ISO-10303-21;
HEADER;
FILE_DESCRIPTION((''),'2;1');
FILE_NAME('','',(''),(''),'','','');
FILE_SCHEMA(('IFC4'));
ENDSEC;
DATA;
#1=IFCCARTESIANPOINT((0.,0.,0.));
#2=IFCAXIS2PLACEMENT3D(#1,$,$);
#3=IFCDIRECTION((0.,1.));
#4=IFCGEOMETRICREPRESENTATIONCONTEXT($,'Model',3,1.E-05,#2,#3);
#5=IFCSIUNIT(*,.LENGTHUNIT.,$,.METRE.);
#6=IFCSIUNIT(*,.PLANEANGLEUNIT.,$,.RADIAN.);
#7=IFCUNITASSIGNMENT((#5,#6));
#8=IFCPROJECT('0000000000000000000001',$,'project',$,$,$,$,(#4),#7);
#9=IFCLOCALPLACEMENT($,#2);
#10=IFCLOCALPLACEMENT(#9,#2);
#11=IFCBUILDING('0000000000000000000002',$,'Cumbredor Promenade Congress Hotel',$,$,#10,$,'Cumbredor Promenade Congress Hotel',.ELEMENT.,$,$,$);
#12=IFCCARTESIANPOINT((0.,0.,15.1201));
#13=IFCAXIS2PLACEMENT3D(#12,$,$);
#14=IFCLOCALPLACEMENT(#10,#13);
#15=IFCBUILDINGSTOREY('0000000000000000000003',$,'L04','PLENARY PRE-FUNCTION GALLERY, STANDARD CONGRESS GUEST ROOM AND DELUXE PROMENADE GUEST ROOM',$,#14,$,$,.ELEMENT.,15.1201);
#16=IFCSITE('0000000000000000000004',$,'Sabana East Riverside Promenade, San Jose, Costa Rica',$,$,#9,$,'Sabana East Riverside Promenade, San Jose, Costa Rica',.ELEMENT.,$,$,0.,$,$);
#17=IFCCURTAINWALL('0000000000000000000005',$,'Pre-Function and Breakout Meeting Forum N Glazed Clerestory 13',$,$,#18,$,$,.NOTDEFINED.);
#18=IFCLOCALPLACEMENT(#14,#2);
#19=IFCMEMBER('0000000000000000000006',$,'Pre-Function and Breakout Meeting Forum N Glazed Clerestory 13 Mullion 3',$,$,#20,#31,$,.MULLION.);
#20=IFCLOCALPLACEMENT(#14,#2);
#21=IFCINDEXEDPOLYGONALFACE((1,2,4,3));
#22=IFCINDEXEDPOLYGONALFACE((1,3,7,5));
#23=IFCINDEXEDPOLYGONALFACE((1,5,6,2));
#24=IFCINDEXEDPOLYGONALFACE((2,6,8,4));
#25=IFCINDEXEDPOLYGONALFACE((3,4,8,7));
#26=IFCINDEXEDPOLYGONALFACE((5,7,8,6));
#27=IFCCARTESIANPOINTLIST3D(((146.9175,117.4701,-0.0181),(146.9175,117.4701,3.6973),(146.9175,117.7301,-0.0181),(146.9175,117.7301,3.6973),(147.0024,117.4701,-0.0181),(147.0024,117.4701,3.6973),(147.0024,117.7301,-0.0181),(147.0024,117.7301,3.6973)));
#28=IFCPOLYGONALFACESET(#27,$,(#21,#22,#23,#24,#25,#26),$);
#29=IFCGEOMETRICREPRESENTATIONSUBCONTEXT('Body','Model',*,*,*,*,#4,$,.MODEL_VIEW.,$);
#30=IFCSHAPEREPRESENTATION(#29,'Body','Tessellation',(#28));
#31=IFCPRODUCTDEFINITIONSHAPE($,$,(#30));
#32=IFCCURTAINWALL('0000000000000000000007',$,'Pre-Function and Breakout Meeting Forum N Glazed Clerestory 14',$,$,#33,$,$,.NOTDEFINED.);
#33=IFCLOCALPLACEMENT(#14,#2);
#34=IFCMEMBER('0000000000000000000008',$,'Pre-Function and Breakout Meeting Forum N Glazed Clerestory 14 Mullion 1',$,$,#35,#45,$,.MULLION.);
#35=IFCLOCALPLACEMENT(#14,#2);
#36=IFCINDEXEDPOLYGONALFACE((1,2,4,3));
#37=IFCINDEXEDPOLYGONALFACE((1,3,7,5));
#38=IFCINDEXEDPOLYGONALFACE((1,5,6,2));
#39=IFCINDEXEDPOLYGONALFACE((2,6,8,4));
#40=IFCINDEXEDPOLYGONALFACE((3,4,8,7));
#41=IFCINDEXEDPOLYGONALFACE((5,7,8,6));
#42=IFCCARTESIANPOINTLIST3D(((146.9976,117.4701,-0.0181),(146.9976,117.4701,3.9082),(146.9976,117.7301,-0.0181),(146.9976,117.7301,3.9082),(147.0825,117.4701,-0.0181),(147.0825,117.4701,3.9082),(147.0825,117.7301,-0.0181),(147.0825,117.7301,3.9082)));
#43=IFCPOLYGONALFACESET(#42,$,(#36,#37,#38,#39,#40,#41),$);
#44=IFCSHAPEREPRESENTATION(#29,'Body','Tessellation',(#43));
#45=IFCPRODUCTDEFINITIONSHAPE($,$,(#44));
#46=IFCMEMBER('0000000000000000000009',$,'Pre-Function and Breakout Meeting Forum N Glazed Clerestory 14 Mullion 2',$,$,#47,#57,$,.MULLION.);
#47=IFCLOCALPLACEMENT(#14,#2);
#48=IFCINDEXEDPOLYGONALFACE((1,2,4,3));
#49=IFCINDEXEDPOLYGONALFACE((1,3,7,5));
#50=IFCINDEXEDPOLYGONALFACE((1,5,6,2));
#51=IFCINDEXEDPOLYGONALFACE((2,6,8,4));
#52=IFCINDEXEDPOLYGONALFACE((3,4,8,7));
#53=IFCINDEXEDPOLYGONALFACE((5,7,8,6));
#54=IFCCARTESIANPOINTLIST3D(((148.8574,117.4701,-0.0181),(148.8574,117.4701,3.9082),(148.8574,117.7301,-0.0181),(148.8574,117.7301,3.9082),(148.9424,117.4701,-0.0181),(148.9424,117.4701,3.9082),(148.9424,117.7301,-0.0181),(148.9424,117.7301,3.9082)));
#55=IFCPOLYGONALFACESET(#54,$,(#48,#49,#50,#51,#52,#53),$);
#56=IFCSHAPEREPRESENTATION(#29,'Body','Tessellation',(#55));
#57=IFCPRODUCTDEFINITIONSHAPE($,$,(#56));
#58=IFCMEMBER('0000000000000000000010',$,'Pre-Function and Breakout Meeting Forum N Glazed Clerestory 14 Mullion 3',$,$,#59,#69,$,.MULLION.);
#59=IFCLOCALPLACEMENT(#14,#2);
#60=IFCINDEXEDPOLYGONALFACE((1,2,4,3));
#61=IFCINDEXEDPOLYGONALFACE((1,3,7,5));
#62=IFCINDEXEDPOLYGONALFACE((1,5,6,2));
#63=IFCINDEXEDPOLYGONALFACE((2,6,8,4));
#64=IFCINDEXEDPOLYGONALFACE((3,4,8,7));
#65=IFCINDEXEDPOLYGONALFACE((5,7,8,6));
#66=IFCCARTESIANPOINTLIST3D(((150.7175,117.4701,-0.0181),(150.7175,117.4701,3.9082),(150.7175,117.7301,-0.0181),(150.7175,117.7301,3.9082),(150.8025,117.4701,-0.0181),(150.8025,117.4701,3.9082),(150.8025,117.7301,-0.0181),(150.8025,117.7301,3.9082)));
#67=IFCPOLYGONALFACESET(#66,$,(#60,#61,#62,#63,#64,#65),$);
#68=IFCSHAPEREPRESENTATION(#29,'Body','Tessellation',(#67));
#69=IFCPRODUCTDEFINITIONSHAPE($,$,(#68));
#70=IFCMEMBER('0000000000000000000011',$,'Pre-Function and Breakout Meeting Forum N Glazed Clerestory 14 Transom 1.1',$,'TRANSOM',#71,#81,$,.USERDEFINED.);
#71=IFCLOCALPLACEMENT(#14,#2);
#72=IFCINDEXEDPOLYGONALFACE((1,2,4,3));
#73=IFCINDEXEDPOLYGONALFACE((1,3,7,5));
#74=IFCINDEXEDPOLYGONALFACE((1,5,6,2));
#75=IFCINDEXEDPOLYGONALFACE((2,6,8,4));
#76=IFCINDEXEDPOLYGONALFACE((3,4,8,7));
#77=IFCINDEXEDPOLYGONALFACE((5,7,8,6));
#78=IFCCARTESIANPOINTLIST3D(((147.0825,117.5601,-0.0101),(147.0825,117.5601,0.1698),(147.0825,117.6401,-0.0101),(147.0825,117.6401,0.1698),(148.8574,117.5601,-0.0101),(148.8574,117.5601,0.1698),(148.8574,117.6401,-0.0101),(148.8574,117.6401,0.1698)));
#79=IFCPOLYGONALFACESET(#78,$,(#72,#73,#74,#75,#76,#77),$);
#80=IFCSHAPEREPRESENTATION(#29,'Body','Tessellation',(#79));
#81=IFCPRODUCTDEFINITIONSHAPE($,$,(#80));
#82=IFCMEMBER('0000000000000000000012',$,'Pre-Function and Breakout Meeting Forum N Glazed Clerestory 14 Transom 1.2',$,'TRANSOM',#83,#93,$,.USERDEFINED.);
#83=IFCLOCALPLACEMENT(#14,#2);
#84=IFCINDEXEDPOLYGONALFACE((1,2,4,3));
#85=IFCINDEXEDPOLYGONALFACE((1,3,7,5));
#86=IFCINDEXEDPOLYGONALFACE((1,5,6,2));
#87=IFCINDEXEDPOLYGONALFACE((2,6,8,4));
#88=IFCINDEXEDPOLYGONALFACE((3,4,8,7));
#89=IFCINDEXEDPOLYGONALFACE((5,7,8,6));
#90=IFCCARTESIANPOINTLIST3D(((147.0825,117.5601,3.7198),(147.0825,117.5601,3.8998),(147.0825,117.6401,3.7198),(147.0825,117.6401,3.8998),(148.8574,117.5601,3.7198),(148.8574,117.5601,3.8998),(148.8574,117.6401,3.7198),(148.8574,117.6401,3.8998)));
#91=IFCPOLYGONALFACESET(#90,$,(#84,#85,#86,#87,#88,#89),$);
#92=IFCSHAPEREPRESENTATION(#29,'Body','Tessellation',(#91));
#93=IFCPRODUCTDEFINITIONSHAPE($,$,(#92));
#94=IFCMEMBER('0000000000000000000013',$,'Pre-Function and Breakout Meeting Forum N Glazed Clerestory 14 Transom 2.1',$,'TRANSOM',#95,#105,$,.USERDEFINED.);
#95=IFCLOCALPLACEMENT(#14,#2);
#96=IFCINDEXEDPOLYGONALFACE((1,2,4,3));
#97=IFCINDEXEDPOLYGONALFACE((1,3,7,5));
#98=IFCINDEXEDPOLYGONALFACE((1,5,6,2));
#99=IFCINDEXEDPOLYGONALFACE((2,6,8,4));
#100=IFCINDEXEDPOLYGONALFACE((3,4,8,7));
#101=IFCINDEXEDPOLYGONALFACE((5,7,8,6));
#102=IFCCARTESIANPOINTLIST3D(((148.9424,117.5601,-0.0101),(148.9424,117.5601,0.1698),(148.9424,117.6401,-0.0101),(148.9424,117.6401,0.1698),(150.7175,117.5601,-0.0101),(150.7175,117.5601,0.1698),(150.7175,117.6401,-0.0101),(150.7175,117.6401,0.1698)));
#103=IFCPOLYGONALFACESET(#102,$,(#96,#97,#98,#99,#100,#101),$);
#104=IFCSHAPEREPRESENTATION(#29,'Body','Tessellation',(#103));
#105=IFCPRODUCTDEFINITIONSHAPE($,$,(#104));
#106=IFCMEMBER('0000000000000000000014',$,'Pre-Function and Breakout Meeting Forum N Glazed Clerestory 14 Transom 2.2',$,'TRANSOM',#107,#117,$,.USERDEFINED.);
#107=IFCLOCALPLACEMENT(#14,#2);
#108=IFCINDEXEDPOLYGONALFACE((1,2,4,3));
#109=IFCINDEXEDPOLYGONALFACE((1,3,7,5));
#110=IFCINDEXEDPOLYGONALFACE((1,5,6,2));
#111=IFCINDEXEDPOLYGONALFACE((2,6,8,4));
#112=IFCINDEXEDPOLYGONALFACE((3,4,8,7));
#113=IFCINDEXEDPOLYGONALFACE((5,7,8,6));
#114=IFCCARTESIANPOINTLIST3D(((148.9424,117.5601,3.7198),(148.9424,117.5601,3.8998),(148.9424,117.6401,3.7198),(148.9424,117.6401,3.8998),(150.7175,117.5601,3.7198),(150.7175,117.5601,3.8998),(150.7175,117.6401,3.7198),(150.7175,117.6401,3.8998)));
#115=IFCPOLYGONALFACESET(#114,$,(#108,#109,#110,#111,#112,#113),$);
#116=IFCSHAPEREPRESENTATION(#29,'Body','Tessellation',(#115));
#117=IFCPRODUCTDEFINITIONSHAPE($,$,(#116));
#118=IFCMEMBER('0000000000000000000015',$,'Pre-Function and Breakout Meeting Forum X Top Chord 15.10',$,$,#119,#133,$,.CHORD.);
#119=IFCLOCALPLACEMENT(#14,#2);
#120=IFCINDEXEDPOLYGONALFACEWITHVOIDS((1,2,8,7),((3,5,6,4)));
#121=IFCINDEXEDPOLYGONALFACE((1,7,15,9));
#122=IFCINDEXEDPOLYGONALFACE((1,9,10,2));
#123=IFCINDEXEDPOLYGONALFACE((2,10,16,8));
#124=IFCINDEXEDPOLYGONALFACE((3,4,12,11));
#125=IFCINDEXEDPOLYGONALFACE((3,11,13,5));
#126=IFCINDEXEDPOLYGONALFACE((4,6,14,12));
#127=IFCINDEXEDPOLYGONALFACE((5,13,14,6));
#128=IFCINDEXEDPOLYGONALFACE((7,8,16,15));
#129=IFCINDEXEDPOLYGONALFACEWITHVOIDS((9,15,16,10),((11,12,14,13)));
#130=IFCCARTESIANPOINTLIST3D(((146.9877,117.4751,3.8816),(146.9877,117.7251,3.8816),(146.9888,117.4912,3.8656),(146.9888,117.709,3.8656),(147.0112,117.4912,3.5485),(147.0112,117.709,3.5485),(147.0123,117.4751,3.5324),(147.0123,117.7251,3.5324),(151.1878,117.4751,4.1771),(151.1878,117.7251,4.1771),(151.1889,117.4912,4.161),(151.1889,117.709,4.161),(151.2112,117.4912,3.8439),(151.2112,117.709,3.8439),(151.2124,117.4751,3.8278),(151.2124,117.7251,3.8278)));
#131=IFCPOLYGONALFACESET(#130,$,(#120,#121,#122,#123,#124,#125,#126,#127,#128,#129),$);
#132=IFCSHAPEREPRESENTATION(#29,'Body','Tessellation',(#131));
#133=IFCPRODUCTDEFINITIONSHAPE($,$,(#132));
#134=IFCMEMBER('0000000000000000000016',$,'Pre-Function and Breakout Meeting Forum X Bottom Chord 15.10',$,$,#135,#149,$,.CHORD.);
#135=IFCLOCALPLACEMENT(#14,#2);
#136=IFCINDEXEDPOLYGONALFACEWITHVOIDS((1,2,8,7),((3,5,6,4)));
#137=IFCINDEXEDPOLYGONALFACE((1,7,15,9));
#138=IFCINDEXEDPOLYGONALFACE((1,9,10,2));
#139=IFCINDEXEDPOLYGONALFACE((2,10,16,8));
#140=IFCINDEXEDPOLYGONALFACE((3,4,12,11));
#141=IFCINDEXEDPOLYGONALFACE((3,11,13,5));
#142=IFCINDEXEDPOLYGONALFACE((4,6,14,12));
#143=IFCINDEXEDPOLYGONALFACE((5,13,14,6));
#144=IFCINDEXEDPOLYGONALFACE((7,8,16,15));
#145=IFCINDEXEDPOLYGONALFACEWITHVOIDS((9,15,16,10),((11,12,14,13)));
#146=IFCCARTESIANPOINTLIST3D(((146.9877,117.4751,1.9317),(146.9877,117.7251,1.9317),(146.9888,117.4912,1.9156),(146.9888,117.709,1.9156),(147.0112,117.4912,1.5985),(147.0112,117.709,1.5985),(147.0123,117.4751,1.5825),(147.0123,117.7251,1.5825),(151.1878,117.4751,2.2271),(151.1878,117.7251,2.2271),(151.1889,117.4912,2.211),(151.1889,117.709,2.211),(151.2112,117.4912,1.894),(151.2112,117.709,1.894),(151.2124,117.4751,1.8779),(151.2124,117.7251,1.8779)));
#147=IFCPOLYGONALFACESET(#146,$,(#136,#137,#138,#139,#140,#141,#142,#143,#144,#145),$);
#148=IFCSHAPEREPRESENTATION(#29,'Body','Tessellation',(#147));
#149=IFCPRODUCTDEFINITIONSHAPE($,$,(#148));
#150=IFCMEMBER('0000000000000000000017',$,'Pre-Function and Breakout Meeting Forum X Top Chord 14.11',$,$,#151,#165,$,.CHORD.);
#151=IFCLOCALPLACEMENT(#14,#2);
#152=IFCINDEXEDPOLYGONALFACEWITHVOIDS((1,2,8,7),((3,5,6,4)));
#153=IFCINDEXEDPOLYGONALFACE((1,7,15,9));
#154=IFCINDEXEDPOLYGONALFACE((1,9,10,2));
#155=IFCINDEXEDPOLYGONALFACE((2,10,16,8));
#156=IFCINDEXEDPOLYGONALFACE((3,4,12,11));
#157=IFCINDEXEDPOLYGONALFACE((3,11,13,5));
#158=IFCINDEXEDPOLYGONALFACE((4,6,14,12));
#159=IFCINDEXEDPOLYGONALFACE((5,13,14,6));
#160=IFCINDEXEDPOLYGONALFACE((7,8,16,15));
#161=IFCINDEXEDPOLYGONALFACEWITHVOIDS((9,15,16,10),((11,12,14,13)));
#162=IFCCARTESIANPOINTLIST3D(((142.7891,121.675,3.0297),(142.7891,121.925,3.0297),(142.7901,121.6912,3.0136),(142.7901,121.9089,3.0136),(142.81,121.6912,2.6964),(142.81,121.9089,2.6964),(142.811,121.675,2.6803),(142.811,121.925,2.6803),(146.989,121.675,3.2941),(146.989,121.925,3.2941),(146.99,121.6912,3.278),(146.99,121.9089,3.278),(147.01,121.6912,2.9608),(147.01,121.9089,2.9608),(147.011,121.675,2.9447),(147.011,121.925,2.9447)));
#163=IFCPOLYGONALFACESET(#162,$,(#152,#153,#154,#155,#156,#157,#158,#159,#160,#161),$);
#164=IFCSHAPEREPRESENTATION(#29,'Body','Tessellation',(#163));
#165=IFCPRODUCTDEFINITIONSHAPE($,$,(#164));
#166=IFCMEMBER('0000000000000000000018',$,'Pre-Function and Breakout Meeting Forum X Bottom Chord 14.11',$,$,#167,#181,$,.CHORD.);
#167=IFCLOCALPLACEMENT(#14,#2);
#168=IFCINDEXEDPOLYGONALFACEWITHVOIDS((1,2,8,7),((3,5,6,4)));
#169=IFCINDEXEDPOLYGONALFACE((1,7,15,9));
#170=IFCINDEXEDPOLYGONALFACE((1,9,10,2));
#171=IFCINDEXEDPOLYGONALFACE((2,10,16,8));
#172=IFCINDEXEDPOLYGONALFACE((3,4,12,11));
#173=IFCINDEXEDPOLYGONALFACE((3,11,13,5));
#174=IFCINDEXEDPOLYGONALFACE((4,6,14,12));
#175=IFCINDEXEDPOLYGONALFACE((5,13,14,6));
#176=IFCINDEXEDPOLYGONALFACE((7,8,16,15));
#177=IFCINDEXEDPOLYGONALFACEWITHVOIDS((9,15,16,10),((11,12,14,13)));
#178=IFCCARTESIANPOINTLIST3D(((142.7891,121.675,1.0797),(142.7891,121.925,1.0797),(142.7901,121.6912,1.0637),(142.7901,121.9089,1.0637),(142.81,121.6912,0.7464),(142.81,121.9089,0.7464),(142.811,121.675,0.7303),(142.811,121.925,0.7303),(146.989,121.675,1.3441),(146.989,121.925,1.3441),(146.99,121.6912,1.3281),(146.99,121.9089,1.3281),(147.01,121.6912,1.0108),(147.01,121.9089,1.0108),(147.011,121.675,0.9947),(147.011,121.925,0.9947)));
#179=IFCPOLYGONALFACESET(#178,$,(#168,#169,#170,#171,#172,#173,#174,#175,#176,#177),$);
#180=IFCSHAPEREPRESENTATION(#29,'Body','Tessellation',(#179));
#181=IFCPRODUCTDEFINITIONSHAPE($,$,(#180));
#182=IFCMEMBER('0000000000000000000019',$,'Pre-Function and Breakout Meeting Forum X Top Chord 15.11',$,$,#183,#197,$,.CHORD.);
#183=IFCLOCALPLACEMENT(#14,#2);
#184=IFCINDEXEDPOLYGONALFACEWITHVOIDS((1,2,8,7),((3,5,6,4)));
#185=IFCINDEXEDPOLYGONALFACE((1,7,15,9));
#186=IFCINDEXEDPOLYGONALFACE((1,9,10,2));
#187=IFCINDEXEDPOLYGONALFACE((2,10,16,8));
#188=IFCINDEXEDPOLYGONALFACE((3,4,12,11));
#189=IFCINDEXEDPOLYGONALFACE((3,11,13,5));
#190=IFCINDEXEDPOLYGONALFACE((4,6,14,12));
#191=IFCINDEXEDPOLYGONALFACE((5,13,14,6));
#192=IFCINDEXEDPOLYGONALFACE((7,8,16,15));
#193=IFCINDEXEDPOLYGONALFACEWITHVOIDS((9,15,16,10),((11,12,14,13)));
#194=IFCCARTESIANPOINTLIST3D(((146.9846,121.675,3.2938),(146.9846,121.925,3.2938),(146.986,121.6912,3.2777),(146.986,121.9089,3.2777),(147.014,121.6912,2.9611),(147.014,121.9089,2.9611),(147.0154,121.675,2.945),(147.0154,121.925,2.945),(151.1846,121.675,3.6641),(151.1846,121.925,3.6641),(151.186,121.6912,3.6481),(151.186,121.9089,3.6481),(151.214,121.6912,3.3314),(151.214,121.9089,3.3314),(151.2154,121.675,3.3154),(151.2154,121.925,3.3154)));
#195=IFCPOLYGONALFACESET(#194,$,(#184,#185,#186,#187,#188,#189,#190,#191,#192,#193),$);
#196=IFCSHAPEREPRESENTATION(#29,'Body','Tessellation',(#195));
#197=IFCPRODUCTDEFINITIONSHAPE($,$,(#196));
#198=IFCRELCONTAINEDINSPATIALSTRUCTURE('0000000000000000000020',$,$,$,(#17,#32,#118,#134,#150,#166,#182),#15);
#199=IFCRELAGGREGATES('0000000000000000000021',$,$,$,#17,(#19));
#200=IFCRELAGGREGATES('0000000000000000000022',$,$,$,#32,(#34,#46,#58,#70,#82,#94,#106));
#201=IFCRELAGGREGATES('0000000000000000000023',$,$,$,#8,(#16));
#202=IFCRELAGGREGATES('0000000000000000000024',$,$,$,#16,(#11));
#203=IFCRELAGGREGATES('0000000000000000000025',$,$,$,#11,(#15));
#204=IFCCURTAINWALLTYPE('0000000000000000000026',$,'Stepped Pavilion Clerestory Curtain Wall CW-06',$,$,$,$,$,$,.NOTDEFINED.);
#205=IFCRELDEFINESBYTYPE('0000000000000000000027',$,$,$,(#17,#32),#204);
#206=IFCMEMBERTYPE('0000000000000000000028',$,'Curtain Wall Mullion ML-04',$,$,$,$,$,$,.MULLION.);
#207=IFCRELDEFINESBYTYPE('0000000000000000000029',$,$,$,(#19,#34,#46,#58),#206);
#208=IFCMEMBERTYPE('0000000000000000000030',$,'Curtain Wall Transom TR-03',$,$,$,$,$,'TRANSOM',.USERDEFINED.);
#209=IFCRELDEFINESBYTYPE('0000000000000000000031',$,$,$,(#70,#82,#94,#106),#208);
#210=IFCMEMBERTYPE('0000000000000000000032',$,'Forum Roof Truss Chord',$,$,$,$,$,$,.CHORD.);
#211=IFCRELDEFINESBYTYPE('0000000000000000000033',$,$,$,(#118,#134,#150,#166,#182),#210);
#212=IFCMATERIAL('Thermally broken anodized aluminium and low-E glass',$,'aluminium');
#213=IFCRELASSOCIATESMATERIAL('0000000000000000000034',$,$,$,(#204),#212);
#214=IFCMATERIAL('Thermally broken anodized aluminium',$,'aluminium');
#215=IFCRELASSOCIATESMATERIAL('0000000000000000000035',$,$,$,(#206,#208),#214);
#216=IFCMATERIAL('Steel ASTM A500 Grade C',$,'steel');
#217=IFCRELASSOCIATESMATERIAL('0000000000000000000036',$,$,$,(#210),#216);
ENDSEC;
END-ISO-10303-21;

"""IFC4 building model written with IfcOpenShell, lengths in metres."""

from ifc_helpers import new_model, si_unit, direction, frame, origin, origin_2d, place, context, subcontext, project, spatial, rectangle, hollow_rectangle, extrude, material, material_profile, profile_set, type_object, element, aggregate, save


model = new_model("IFC4")

# Units and contexts
model_context = context("Model", 3, precision=1e-05, world=origin(), true_north=direction((0.0, 1.0)))
body_context = subcontext(model_context, "Body", "Model", "MODEL_VIEW")
ifc_project = project(units=[si_unit("LENGTHUNIT", "METRE"), si_unit("PLANEANGLEUNIT", "RADIAN")], contexts=[model_context])

# Site, building, storey
site_placement = place(None, origin())
site = spatial("IfcSite", under=ifc_project, at=site_placement, Name="Sabana East Riverside Promenade, San Jose, Costa Rica", LongName="Sabana East Riverside Promenade, San Jose, Costa Rica", CompositionType="ELEMENT", RefElevation=0.0)
building_placement = place(site_placement, origin())
building = spatial("IfcBuilding", under=site, at=building_placement, Name="Cumbredor Promenade Congress Hotel", LongName="Cumbredor Promenade Congress Hotel", CompositionType="ELEMENT")
storey_placement = place(building_placement, frame((0.0, 0.0, 15.1201)))
storey = spatial("IfcBuildingStorey", under=building, at=storey_placement, Name="L04", Description="PLENARY PRE-FUNCTION GALLERY, STANDARD CONGRESS GUEST ROOM AND DELUXE PROMENADE GUEST ROOM", CompositionType="ELEMENT", Elevation=15.1201)

# Curtain wall, member
ifc_material_1 = material(Name="Thermally broken anodized aluminium and low-E glass", Category="aluminium")
curtain_wall_type = type_object("IfcCurtainWallType", Name="Stepped Pavilion Clerestory Curtain Wall CW-06", PredefinedType="NOTDEFINED", material=ifc_material_1)
curtain_wall_1_placement = place(storey_placement, origin())
curtain_wall_1 = element("IfcCurtainWall", 1, at=curtain_wall_1_placement, inside=storey, type_object=curtain_wall_type, Name="Pre-Function and Breakout Meeting Forum N Glazed Clerestory 13", PredefinedType="NOTDEFINED")
ifc_material_2 = material(Name="Thermally broken anodized aluminium", Category="aluminium")
ifc_material_profile_1 = material_profile(ifc_material_2, rectangle(XDim=0.085, YDim=0.26, at=origin_2d()), Name="ALU MULLION CLERESTORY 85x260")
ifc_profile_set_1 = profile_set([ifc_material_profile_1], Name="Thermally broken anodized aluminium")
member_type_1 = type_object("IfcMemberType", Name="Curtain Wall Mullion ML-04", PredefinedType="MULLION", material=ifc_profile_set_1)
member_1_placement = place(storey_placement, frame((146.96, 117.6001, -0.0181), z_axis=(0.0, 0.0, 1.0), x_axis=(1.0, 0.0, 0.0)))
member_1 = element("IfcMember", 2, at=member_1_placement, type_object=member_type_1, Name="Pre-Function and Breakout Meeting Forum N Glazed Clerestory 13 Mullion 3", PredefinedType="MULLION", context=body_context, shape_type="SweptSolid", body=[
    extrude(rectangle(XDim=0.085, YDim=0.26, at=origin_2d()), origin(), (0.0, 0.0, 1.0), 3.7153),
])

# Curtain wall, members
curtain_wall_2_placement = place(storey_placement, origin())
curtain_wall_2 = element("IfcCurtainWall", 3, at=curtain_wall_2_placement, inside=storey, type_object=curtain_wall_type, Name="Pre-Function and Breakout Meeting Forum N Glazed Clerestory 14", PredefinedType="NOTDEFINED")
member_2_placement = place(storey_placement, frame((147.04, 117.6001, -0.0181), z_axis=(0.0, 0.0, 1.0), x_axis=(1.0, 0.0, 0.0)))
member_2 = element("IfcMember", 4, at=member_2_placement, type_object=member_type_1, Name="Pre-Function and Breakout Meeting Forum N Glazed Clerestory 14 Mullion 1", PredefinedType="MULLION", context=body_context, shape_type="SweptSolid", body=[
    extrude(rectangle(XDim=0.085, YDim=0.26, at=origin_2d()), origin(), (0.0, 0.0, 1.0), 3.9263),
])
member_3_placement = place(storey_placement, frame((148.8999, 117.6001, -0.0181), z_axis=(0.0, 0.0, 1.0), x_axis=(1.0, 0.0, 0.0)))
member_3 = element("IfcMember", 5, at=member_3_placement, type_object=member_type_1, Name="Pre-Function and Breakout Meeting Forum N Glazed Clerestory 14 Mullion 2", PredefinedType="MULLION", context=body_context, shape_type="SweptSolid", body=[
    extrude(rectangle(XDim=0.085, YDim=0.26, at=origin_2d()), origin(), (0.0, 0.0, 1.0), 3.9263),
])
member_4_placement = place(storey_placement, frame((150.76, 117.6001, -0.0181), z_axis=(0.0, 0.0, 1.0), x_axis=(1.0, 0.0, 0.0)))
member_4 = element("IfcMember", 6, at=member_4_placement, type_object=member_type_1, Name="Pre-Function and Breakout Meeting Forum N Glazed Clerestory 14 Mullion 3", PredefinedType="MULLION", context=body_context, shape_type="SweptSolid", body=[
    extrude(rectangle(XDim=0.085, YDim=0.26, at=origin_2d()), origin(), (0.0, 0.0, 1.0), 3.9263),
])
ifc_material_profile_2 = material_profile(ifc_material_2, rectangle(XDim=0.0801, YDim=0.1799, at=origin_2d()), Name="ALU TRANSOM 80x180")
ifc_profile_set_2 = profile_set([ifc_material_profile_2], Name="Thermally broken anodized aluminium")
member_type_2 = type_object("IfcMemberType", Name="Curtain Wall Transom TR-03", ElementType="TRANSOM", PredefinedType="USERDEFINED", material=ifc_profile_set_2)
member_5_placement = place(storey_placement, frame((147.0825, 117.6001, 0.0798), z_axis=(1.0, 0.0, 0.0), x_axis=(0.0, 1.0, 0.0)))
member_5 = element("IfcMember", 7, at=member_5_placement, type_object=member_type_2, Name="Pre-Function and Breakout Meeting Forum N Glazed Clerestory 14 Transom 1.1", ObjectType="TRANSOM", PredefinedType="USERDEFINED", context=body_context, shape_type="SweptSolid", body=[
    extrude(rectangle(XDim=0.0801, YDim=0.1799, at=origin_2d()), origin(), (0.0, 0.0, 1.0), 1.7749),
])
member_6_placement = place(storey_placement, frame((147.0825, 117.6001, 3.8098), z_axis=(1.0, 0.0, 0.0), x_axis=(0.0, 1.0, 0.0)))
member_6 = element("IfcMember", 8, at=member_6_placement, type_object=member_type_2, Name="Pre-Function and Breakout Meeting Forum N Glazed Clerestory 14 Transom 1.2", ObjectType="TRANSOM", PredefinedType="USERDEFINED", context=body_context, shape_type="SweptSolid", body=[
    extrude(rectangle(XDim=0.0801, YDim=0.1799, at=origin_2d()), origin(), (0.0, 0.0, 1.0), 1.7749),
])
member_7_placement = place(storey_placement, frame((148.9424, 117.6001, 0.0798), z_axis=(1.0, 0.0, 0.0), x_axis=(0.0, 1.0, 0.0)))
member_7 = element("IfcMember", 9, at=member_7_placement, type_object=member_type_2, Name="Pre-Function and Breakout Meeting Forum N Glazed Clerestory 14 Transom 2.1", ObjectType="TRANSOM", PredefinedType="USERDEFINED", context=body_context, shape_type="SweptSolid", body=[
    extrude(rectangle(XDim=0.0801, YDim=0.1799, at=origin_2d()), origin(), (0.0, 0.0, 1.0), 1.7751),
])
member_8_placement = place(storey_placement, frame((148.9424, 117.6001, 3.8098), z_axis=(1.0, 0.0, 0.0), x_axis=(0.0, 1.0, 0.0)))
member_8 = element("IfcMember", 10, at=member_8_placement, type_object=member_type_2, Name="Pre-Function and Breakout Meeting Forum N Glazed Clerestory 14 Transom 2.2", ObjectType="TRANSOM", PredefinedType="USERDEFINED", context=body_context, shape_type="SweptSolid", body=[
    extrude(rectangle(XDim=0.0801, YDim=0.1799, at=origin_2d()), origin(), (0.0, 0.0, 1.0), 1.7751),
])

# Members
ifc_material_3 = material(Name="Steel ASTM A500 Grade C", Category="steel")
ifc_material_profile_3 = material_profile(ifc_material_3, hollow_rectangle(XDim=0.25, YDim=0.3501, WallThickness=0.0161, at=origin_2d()), Name="HSS 350x250x16")
ifc_profile_set_3 = profile_set([ifc_material_profile_3], Name="Steel ASTM A500 Grade C")
member_type_3 = type_object("IfcMemberType", Name="Forum Roof Truss Chord", PredefinedType="CHORD", material=ifc_profile_set_3)
for number, where, z_axis, x_axis, name in (
    (11, (147.0, 117.6001, 3.707), (0.997536, 0.0, 0.070163), (0.0, 1.0, 0.0), "Pre-Function and Breakout Meeting Forum X Top Chord 15.10"),
    (12, (147.0, 117.6001, 1.7571), (0.997536, 0.0, 0.070163), (0.0, 1.0, 0.0), "Pre-Function and Breakout Meeting Forum X Bottom Chord 15.10"),
):
    element("IfcMember", number, at=place(storey_placement, frame(where, z_axis=z_axis, x_axis=x_axis)), inside=storey, type_object=member_type_3, Name=name, PredefinedType="CHORD", context=body_context, shape_type="SweptSolid", body=[
        extrude(hollow_rectangle(XDim=0.25, YDim=0.3501, WallThickness=0.0161, at=origin_2d()), origin(), (0.0, 0.0, 1.0), 4.2104),
    ])
for number, where, z_axis, x_axis, name in (
    (13, (142.8, 121.8, 2.855), (0.998024, 0.0, 0.06283), (0.0, 1.0, 0.0), "Pre-Function and Breakout Meeting Forum X Top Chord 14.11"),
    (14, (142.8, 121.8, 0.905), (0.998024, 0.0, 0.06283), (0.0, 1.0, 0.0), "Pre-Function and Breakout Meeting Forum X Bottom Chord 14.11"),
):
    element("IfcMember", number, at=place(storey_placement, frame(where, z_axis=z_axis, x_axis=x_axis)), inside=storey, type_object=member_type_3, Name=name, PredefinedType="CHORD", context=body_context, shape_type="SweptSolid", body=[
        extrude(hollow_rectangle(XDim=0.25, YDim=0.3501, WallThickness=0.0161, at=origin_2d()), origin(), (0.0, 0.0, 1.0), 4.2083),
    ])
for number, where, z_axis, x_axis, name in (
    (15, (147.0, 121.8, 3.1194), (0.996134, 0.0, 0.087841), (0.0, 1.0, 0.0), "Pre-Function and Breakout Meeting Forum X Top Chord 15.11"),
):
    element("IfcMember", number, at=place(storey_placement, frame(where, z_axis=z_axis, x_axis=x_axis)), inside=storey, type_object=member_type_3, Name=name, PredefinedType="CHORD", context=body_context, shape_type="SweptSolid", body=[
        extrude(hollow_rectangle(XDim=0.25, YDim=0.3501, WallThickness=0.0161, at=origin_2d()), origin(), (0.0, 0.0, 1.0), 4.2163),
    ])

aggregate(curtain_wall_1, [member_1])
aggregate(curtain_wall_2, [member_2, member_3, member_4, member_5, member_6, member_7, member_8])

save(model, "model.ifc")
